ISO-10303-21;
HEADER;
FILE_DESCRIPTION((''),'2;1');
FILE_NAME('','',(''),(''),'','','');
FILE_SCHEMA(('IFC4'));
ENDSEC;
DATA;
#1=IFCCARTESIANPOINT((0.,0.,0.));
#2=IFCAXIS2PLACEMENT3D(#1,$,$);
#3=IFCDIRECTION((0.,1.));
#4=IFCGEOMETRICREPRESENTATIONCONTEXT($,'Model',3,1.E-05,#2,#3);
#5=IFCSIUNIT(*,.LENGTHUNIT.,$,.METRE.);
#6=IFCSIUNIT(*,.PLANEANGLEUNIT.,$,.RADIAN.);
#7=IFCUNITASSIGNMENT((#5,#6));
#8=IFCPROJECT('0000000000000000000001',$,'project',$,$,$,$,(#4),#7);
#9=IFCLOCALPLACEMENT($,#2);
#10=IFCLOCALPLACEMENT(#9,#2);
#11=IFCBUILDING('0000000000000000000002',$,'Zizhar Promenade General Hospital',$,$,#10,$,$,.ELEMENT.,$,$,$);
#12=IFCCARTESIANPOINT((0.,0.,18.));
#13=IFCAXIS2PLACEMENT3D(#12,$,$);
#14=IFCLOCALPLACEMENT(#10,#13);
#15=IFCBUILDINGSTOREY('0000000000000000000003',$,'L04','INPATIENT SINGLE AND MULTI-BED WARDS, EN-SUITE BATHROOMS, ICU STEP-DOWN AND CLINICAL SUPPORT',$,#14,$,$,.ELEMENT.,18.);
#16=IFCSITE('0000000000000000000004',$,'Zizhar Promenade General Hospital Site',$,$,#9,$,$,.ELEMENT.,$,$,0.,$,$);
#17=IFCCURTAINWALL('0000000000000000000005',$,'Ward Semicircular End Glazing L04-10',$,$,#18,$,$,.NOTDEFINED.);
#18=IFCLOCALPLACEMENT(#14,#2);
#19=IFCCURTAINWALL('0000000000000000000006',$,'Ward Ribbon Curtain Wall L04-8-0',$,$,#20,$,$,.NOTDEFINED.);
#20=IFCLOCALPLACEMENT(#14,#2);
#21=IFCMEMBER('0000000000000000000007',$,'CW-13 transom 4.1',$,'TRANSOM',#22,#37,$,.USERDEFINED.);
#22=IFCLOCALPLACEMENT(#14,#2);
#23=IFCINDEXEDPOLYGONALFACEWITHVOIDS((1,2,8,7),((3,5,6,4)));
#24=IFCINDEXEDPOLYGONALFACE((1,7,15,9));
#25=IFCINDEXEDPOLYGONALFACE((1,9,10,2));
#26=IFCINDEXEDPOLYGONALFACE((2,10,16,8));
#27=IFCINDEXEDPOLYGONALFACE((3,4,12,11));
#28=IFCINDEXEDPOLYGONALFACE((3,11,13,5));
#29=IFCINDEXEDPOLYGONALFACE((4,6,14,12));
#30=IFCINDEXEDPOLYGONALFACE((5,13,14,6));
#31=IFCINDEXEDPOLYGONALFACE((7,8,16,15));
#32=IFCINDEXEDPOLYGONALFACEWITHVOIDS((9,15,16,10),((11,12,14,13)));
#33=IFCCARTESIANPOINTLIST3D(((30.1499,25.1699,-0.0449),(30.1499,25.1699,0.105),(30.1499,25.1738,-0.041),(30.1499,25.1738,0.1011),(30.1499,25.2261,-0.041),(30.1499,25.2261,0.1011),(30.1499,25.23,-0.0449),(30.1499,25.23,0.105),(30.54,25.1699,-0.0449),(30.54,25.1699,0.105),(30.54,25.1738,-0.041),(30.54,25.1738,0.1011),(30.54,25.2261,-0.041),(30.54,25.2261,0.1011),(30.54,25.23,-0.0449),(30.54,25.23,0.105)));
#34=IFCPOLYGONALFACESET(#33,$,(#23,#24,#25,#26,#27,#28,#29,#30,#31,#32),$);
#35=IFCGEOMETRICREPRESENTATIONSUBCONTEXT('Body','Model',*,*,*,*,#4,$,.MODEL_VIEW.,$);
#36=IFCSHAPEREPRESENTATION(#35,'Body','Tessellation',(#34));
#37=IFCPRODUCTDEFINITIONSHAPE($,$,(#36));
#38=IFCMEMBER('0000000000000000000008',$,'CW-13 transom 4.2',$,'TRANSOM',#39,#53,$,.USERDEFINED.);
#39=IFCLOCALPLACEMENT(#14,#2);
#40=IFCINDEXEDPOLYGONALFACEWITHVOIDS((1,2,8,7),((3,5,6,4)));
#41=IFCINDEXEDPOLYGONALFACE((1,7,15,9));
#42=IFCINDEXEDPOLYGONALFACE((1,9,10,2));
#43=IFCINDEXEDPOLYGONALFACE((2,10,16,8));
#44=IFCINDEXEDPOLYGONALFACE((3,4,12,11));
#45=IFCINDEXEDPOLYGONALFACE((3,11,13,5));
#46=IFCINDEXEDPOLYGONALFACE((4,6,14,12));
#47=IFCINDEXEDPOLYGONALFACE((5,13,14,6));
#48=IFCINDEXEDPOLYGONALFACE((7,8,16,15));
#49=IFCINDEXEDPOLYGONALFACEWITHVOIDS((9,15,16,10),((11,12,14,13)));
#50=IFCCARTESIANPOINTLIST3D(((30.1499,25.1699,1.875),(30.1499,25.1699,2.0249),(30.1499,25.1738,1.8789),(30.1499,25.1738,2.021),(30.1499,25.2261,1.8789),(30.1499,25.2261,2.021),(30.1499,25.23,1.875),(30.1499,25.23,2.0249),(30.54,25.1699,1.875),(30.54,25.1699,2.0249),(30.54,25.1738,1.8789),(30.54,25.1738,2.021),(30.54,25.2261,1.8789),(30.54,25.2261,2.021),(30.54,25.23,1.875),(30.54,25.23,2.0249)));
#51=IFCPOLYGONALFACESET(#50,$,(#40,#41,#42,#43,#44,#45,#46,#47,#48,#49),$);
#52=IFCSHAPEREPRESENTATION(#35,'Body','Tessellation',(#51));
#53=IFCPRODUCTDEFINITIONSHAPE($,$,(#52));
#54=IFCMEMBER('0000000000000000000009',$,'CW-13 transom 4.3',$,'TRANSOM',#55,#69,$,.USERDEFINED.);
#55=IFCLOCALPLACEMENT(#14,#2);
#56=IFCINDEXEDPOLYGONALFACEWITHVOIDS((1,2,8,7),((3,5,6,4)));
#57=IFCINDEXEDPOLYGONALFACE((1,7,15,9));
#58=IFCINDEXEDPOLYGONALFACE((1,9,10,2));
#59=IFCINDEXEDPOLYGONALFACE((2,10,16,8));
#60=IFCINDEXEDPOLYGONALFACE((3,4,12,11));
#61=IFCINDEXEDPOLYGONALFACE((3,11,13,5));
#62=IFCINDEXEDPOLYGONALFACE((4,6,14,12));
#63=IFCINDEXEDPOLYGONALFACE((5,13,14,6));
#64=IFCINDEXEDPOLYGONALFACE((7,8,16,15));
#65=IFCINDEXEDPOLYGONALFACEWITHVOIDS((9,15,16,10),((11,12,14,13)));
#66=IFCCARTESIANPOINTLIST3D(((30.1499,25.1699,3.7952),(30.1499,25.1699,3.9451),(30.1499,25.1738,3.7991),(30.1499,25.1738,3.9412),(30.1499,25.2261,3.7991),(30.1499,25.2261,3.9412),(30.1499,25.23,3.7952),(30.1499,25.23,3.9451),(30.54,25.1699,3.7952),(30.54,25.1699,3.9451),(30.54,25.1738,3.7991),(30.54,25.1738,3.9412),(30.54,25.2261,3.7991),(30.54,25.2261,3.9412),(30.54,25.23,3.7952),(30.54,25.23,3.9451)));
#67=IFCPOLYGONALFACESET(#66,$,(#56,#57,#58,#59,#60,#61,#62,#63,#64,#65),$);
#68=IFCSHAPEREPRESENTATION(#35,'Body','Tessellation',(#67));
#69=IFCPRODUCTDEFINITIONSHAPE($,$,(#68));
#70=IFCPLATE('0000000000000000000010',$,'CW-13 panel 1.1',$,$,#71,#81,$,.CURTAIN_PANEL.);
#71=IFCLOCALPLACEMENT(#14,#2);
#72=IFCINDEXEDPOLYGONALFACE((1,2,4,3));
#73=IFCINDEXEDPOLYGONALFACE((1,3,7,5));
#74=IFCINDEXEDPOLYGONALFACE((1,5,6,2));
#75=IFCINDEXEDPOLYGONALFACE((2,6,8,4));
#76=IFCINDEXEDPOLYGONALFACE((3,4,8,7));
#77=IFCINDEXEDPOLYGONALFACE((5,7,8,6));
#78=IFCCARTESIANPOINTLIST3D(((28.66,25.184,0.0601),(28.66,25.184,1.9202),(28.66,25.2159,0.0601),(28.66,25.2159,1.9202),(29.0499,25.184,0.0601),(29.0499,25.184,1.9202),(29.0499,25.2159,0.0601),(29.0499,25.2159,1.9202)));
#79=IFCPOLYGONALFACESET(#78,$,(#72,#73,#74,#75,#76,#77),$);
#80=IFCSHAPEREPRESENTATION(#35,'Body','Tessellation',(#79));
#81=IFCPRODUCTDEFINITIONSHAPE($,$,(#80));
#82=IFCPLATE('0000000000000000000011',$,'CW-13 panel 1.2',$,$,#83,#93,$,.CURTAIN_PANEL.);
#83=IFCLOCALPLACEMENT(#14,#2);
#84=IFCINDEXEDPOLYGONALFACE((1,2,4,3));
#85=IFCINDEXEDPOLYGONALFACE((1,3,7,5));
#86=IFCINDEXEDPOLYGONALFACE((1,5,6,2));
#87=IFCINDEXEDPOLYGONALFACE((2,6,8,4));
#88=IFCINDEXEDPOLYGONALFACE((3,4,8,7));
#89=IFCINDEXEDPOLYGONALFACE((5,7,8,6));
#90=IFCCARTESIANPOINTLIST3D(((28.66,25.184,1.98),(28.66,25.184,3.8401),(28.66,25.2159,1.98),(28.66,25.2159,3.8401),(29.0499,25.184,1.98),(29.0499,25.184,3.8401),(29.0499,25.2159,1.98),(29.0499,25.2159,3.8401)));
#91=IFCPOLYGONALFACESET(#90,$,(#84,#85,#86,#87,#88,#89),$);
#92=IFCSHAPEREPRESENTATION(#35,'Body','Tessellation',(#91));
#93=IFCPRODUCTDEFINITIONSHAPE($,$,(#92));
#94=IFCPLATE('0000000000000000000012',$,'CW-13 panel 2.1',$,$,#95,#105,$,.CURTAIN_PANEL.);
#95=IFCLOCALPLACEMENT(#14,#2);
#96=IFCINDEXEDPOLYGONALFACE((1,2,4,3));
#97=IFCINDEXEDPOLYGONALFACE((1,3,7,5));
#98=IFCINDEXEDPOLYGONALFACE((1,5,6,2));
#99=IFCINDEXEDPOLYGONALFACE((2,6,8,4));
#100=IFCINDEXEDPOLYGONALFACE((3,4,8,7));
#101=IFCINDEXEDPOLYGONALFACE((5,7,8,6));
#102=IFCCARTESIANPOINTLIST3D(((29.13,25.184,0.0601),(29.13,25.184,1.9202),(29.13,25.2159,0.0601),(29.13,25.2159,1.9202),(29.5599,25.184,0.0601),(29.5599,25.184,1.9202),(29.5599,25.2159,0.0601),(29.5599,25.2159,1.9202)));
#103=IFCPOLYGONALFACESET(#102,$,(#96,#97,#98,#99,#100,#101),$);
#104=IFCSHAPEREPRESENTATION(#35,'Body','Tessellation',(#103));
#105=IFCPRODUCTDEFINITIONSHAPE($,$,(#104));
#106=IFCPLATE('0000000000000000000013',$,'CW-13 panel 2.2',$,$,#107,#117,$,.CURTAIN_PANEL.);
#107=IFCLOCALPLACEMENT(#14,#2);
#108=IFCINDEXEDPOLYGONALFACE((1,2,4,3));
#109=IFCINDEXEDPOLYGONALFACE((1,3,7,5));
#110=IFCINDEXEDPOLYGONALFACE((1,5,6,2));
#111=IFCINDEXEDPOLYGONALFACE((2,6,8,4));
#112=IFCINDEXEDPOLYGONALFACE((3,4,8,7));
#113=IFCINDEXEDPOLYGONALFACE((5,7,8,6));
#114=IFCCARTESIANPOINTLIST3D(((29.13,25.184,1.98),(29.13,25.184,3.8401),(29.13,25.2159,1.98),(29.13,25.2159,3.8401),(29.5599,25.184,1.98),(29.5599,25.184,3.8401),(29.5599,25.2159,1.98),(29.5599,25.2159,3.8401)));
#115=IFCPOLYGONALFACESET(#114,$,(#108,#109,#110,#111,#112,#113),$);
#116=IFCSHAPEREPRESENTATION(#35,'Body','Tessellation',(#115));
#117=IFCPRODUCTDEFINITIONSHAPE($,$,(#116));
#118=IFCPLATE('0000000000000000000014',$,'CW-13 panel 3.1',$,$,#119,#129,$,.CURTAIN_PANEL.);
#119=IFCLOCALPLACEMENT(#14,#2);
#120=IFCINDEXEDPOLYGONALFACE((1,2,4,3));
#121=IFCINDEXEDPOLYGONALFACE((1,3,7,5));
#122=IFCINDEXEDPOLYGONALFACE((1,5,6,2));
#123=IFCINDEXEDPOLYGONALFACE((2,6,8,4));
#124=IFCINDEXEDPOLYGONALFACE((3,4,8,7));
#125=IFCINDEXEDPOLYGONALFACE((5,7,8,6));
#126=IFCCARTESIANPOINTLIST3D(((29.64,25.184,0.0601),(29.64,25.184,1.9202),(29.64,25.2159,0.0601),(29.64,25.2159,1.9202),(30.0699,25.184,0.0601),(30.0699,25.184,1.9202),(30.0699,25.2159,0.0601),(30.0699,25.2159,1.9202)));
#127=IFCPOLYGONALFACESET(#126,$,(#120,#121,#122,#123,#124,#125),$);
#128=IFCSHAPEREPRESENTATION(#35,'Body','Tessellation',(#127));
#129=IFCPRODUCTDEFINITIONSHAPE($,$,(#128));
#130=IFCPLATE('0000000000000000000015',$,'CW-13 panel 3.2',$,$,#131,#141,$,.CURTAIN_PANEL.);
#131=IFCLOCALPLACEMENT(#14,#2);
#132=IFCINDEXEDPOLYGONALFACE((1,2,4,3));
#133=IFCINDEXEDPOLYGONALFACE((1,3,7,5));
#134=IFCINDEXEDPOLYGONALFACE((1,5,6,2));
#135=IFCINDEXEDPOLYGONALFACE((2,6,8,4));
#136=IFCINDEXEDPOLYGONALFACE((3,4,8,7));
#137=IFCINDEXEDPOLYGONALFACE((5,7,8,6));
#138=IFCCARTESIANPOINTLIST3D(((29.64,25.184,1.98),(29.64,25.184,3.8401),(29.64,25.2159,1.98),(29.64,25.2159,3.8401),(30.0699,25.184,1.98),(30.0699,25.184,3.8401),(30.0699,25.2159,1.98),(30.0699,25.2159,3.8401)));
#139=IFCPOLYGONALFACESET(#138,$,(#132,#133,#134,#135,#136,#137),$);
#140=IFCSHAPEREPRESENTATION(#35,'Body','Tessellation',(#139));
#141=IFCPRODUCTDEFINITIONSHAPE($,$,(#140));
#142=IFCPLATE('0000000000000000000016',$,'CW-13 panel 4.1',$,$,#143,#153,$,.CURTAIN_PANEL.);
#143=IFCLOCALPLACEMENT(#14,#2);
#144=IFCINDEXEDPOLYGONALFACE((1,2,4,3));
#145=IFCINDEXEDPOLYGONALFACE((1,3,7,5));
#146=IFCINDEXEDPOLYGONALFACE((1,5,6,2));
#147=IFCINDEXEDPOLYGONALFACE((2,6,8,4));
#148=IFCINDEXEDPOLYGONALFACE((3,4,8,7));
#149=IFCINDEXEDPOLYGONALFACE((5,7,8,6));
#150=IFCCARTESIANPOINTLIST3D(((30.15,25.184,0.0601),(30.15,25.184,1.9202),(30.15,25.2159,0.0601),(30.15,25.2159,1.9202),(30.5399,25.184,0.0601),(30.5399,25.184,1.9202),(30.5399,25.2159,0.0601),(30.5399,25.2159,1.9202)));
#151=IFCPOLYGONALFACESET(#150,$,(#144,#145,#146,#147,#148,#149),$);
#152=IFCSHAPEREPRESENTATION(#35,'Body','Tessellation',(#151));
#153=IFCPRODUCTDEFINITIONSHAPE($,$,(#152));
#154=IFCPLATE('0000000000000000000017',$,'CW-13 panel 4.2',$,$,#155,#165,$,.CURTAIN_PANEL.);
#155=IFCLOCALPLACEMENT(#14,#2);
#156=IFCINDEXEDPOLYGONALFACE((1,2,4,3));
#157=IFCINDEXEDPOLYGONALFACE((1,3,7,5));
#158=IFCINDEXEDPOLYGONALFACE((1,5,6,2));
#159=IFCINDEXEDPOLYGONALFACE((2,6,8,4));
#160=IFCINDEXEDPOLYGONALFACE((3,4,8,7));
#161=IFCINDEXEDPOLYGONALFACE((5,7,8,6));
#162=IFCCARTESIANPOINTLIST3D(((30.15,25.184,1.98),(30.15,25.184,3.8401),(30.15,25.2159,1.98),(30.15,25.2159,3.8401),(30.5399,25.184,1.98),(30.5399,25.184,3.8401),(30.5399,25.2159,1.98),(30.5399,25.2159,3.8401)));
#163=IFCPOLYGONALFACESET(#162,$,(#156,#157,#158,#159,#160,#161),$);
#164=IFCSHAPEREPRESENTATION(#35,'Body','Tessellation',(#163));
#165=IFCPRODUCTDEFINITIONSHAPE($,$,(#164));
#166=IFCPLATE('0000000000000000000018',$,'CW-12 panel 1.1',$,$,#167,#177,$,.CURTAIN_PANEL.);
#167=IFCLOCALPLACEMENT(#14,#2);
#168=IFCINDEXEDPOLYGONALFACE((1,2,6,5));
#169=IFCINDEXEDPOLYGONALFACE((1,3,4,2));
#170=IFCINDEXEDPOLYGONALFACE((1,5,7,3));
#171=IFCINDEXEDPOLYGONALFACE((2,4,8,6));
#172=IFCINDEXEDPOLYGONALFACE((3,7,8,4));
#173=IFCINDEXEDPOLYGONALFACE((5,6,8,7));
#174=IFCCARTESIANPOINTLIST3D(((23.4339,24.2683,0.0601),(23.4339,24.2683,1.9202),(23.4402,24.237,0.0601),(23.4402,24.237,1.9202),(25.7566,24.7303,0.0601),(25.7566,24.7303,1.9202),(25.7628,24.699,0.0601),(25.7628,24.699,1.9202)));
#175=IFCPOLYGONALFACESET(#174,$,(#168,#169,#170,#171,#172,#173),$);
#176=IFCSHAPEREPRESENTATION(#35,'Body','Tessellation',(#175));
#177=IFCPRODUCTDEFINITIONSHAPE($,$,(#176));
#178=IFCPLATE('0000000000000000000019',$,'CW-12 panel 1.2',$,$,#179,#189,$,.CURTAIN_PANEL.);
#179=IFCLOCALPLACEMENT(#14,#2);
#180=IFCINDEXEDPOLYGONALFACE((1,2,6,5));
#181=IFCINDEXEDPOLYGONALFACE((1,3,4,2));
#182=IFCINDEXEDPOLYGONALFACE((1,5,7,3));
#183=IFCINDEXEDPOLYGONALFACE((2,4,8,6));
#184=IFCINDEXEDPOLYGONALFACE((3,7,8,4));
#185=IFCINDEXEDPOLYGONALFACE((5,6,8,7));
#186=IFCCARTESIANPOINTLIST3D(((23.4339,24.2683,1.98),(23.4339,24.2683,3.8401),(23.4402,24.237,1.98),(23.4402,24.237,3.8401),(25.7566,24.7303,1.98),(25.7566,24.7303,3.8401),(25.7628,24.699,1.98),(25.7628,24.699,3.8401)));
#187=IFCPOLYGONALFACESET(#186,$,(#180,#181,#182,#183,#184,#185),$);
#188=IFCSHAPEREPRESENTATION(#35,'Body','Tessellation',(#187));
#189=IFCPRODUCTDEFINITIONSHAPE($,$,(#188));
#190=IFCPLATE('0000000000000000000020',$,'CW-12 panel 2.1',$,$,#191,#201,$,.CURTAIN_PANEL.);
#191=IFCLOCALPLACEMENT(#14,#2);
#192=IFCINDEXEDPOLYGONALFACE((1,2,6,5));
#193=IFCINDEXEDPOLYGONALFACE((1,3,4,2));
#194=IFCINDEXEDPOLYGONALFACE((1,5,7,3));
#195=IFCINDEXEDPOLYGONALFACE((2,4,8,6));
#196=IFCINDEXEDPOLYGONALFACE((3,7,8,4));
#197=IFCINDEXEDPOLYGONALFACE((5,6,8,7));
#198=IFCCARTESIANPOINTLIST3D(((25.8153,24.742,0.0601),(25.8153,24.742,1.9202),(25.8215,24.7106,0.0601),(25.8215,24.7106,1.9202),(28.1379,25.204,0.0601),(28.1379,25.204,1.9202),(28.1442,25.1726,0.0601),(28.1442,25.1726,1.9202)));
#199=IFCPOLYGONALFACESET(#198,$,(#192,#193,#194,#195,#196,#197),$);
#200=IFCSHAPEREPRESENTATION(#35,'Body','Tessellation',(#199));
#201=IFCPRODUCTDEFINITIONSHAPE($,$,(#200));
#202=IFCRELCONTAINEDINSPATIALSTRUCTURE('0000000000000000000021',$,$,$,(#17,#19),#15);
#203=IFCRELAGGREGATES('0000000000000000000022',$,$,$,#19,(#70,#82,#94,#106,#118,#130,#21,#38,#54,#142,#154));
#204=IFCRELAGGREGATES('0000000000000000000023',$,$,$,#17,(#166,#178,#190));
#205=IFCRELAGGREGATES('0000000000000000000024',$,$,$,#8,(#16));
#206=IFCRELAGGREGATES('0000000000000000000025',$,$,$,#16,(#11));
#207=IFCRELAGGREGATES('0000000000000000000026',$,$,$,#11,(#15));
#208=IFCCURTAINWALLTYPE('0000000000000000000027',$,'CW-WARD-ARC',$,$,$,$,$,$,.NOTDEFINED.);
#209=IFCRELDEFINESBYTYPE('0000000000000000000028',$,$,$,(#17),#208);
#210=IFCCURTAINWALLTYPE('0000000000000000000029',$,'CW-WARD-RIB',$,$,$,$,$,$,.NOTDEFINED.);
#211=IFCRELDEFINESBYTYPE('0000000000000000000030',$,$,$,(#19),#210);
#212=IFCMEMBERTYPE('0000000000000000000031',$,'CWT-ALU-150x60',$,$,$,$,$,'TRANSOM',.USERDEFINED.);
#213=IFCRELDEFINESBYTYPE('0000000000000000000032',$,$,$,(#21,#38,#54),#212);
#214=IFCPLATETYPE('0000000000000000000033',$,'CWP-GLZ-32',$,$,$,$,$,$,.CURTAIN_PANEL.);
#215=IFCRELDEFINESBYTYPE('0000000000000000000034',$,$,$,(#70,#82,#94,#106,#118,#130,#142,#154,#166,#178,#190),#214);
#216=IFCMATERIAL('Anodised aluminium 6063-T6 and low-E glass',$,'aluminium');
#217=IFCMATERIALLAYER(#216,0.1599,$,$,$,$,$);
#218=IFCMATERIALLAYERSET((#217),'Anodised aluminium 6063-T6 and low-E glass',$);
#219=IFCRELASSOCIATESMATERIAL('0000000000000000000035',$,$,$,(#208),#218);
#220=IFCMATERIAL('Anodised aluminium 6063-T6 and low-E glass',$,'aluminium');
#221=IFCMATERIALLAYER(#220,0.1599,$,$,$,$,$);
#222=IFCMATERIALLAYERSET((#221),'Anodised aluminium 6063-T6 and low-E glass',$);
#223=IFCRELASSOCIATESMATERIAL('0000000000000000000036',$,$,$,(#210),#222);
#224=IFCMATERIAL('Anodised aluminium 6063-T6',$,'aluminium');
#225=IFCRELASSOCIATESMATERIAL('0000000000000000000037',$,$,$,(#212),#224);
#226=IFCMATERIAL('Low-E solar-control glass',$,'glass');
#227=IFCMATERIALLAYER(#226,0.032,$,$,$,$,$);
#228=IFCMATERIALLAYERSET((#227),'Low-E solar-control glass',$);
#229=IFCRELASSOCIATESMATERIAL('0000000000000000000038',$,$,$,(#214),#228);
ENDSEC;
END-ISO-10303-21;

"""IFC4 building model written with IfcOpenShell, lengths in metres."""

from ifc_helpers import new_model, si_unit, direction, frame, origin, origin_2d, place, context, subcontext, project, spatial, rectangle, hollow_rectangle, extrude, material, layer, layer_set, material_profile, profile_set, type_object, element, aggregate, save


model = new_model("IFC4")

# Units and contexts
model_context = context("Model", 3, precision=1e-05, world=origin(), true_north=direction((0.0, 1.0)))
body_context = subcontext(model_context, "Body", "Model", "MODEL_VIEW")
ifc_project = project(units=[si_unit("LENGTHUNIT", "METRE"), si_unit("PLANEANGLEUNIT", "RADIAN")], contexts=[model_context])

# Site, building, storey
site_placement = place(None, origin())
site = spatial("IfcSite", under=ifc_project, at=site_placement, Name="Zizhar Promenade General Hospital Site", CompositionType="ELEMENT", RefElevation=0.0)
building_placement = place(site_placement, origin())
building = spatial("IfcBuilding", under=site, at=building_placement, Name="Zizhar Promenade General Hospital", CompositionType="ELEMENT")
storey_placement = place(building_placement, frame((0.0, 0.0, 18.0)))
storey = spatial("IfcBuildingStorey", under=building, at=storey_placement, Name="L04", Description="INPATIENT SINGLE AND MULTI-BED WARDS, EN-SUITE BATHROOMS, ICU STEP-DOWN AND CLINICAL SUPPORT", CompositionType="ELEMENT", Elevation=18.0)

# Curtain walls
ifc_material_1 = material(Name="Anodised aluminium 6063-T6 and low-E glass", Category="aluminium")
ifc_layer_1 = layer(ifc_material_1, 0.1599)
ifc_layer_set_1 = layer_set([ifc_layer_1], Name="Anodised aluminium 6063-T6 and low-E glass")
curtain_wall_type_1 = type_object("IfcCurtainWallType", Name="CW-WARD-ARC", PredefinedType="NOTDEFINED", material=ifc_layer_set_1)
curtain_wall_1_placement = place(storey_placement, origin())
curtain_wall_1 = element("IfcCurtainWall", 1, at=curtain_wall_1_placement, inside=storey, type_object=curtain_wall_type_1, Name="Ward Semicircular End Glazing L04-10", PredefinedType="NOTDEFINED")
ifc_material_2 = material(Name="Anodised aluminium 6063-T6 and low-E glass", Category="aluminium")
ifc_layer_2 = layer(ifc_material_2, 0.1599)
ifc_layer_set_2 = layer_set([ifc_layer_2], Name="Anodised aluminium 6063-T6 and low-E glass")
curtain_wall_type_2 = type_object("IfcCurtainWallType", Name="CW-WARD-RIB", PredefinedType="NOTDEFINED", material=ifc_layer_set_2)
curtain_wall_2_placement = place(storey_placement, origin())
curtain_wall_2 = element("IfcCurtainWall", 2, at=curtain_wall_2_placement, inside=storey, type_object=curtain_wall_type_2, Name="Ward Ribbon Curtain Wall L04-8-0", PredefinedType="NOTDEFINED")

# Members
ifc_material_3 = material(Name="Anodised aluminium 6063-T6", Category="aluminium")
ifc_material_profile_1 = material_profile(ifc_material_3, hollow_rectangle(XDim=0.0601, YDim=0.1499, WallThickness=0.0039, at=origin_2d()))
ifc_profile_set_1 = profile_set([ifc_material_profile_1], Name="Anodised aluminium 6063-T6")
member_type_1 = type_object("IfcMemberType", Name="CWT-ALU-150x60", ElementType="TRANSOM", PredefinedType="USERDEFINED", material=ifc_profile_set_1)
member_1_placement = place(storey_placement, frame((30.1499, 25.2, 0.03), z_axis=(1.0, 0.0, 0.0), x_axis=(0.0, 1.0, 0.0)))
member_1 = element("IfcMember", 3, at=member_1_placement, type_object=member_type_1, Name="CW-13 transom 4.1", ObjectType="TRANSOM", PredefinedType="USERDEFINED", context=body_context, shape_type="SweptSolid", body=[
    extrude(hollow_rectangle(XDim=0.0601, YDim=0.1499, WallThickness=0.0039, at=origin_2d()), origin(), (0.0, 0.0, 1.0), 0.3901),
])
member_2_placement = place(storey_placement, frame((30.1499, 25.2, 1.95), z_axis=(1.0, 0.0, 0.0), x_axis=(0.0, 1.0, 0.0)))
member_2 = element("IfcMember", 4, at=member_2_placement, type_object=member_type_1, Name="CW-13 transom 4.2", ObjectType="TRANSOM", PredefinedType="USERDEFINED", context=body_context, shape_type="SweptSolid", body=[
    extrude(hollow_rectangle(XDim=0.0601, YDim=0.1499, WallThickness=0.0039, at=origin_2d()), origin(), (0.0, 0.0, 1.0), 0.3901),
])
member_3_placement = place(storey_placement, frame((30.1499, 25.2, 3.8701), z_axis=(1.0, 0.0, 0.0), x_axis=(0.0, 1.0, 0.0)))
member_3 = element("IfcMember", 5, at=member_3_placement, type_object=member_type_1, Name="CW-13 transom 4.3", ObjectType="TRANSOM", PredefinedType="USERDEFINED", context=body_context, shape_type="SweptSolid", body=[
    extrude(hollow_rectangle(XDim=0.0601, YDim=0.1499, WallThickness=0.0039, at=origin_2d()), origin(), (0.0, 0.0, 1.0), 0.3901),
])

# Plates
ifc_material_4 = material(Name="Low-E solar-control glass", Category="glass")
ifc_layer_3 = layer(ifc_material_4, 0.032)
ifc_layer_set_3 = layer_set([ifc_layer_3], Name="Low-E solar-control glass")
plate_type = type_object("IfcPlateType", Name="CWP-GLZ-32", PredefinedType="CURTAIN_PANEL", material=ifc_layer_set_3)
plate_1_placement = place(storey_placement, frame((28.855, 25.2, 0.0601), z_axis=(0.0, 0.0, 1.0), x_axis=(1.0, 0.0, 0.0)))
plate_1 = element("IfcPlate", 6, at=plate_1_placement, type_object=plate_type, Name="CW-13 panel 1.1", PredefinedType="CURTAIN_PANEL", context=body_context, shape_type="SweptSolid", body=[
    extrude(rectangle(XDim=0.3899, YDim=0.032, at=origin_2d()), origin(), (0.0, 0.0, 1.0), 1.8601),
])
plate_2_placement = place(storey_placement, frame((28.855, 25.2, 1.98), z_axis=(0.0, 0.0, 1.0), x_axis=(1.0, 0.0, 0.0)))
plate_2 = element("IfcPlate", 7, at=plate_2_placement, type_object=plate_type, Name="CW-13 panel 1.2", PredefinedType="CURTAIN_PANEL", context=body_context, shape_type="SweptSolid", body=[
    extrude(rectangle(XDim=0.3899, YDim=0.032, at=origin_2d()), origin(), (0.0, 0.0, 1.0), 1.8601),
])
plate_3_placement = place(storey_placement, frame((29.345, 25.2, 0.0601), z_axis=(0.0, 0.0, 1.0), x_axis=(1.0, 0.0, 0.0)))
plate_3 = element("IfcPlate", 8, at=plate_3_placement, type_object=plate_type, Name="CW-13 panel 2.1", PredefinedType="CURTAIN_PANEL", context=body_context, shape_type="SweptSolid", body=[
    extrude(rectangle(XDim=0.4299, YDim=0.032, at=origin_2d()), origin(), (0.0, 0.0, 1.0), 1.8601),
])
plate_4_placement = place(storey_placement, frame((29.345, 25.2, 1.98), z_axis=(0.0, 0.0, 1.0), x_axis=(1.0, 0.0, 0.0)))
plate_4 = element("IfcPlate", 9, at=plate_4_placement, type_object=plate_type, Name="CW-13 panel 2.2", PredefinedType="CURTAIN_PANEL", context=body_context, shape_type="SweptSolid", body=[
    extrude(rectangle(XDim=0.4299, YDim=0.032, at=origin_2d()), origin(), (0.0, 0.0, 1.0), 1.8601),
])
plate_5_placement = place(storey_placement, frame((29.855, 25.2, 0.0601), z_axis=(0.0, 0.0, 1.0), x_axis=(1.0, 0.0, 0.0)))
plate_5 = element("IfcPlate", 10, at=plate_5_placement, type_object=plate_type, Name="CW-13 panel 3.1", PredefinedType="CURTAIN_PANEL", context=body_context, shape_type="SweptSolid", body=[
    extrude(rectangle(XDim=0.4299, YDim=0.032, at=origin_2d()), origin(), (0.0, 0.0, 1.0), 1.8601),
])
plate_6_placement = place(storey_placement, frame((29.855, 25.2, 1.98), z_axis=(0.0, 0.0, 1.0), x_axis=(1.0, 0.0, 0.0)))
plate_6 = element("IfcPlate", 11, at=plate_6_placement, type_object=plate_type, Name="CW-13 panel 3.2", PredefinedType="CURTAIN_PANEL", context=body_context, shape_type="SweptSolid", body=[
    extrude(rectangle(XDim=0.4299, YDim=0.032, at=origin_2d()), origin(), (0.0, 0.0, 1.0), 1.8601),
])
plate_7_placement = place(storey_placement, frame((30.345, 25.2, 0.0601), z_axis=(0.0, 0.0, 1.0), x_axis=(1.0, 0.0, 0.0)))
plate_7 = element("IfcPlate", 12, at=plate_7_placement, type_object=plate_type, Name="CW-13 panel 4.1", PredefinedType="CURTAIN_PANEL", context=body_context, shape_type="SweptSolid", body=[
    extrude(rectangle(XDim=0.3899, YDim=0.032, at=origin_2d()), origin(), (0.0, 0.0, 1.0), 1.8601),
])
plate_8_placement = place(storey_placement, frame((30.345, 25.2, 1.98), z_axis=(0.0, 0.0, 1.0), x_axis=(1.0, 0.0, 0.0)))
plate_8 = element("IfcPlate", 13, at=plate_8_placement, type_object=plate_type, Name="CW-13 panel 4.2", PredefinedType="CURTAIN_PANEL", context=body_context, shape_type="SweptSolid", body=[
    extrude(rectangle(XDim=0.3899, YDim=0.032, at=origin_2d()), origin(), (0.0, 0.0, 1.0), 1.8601),
])
aggregate(curtain_wall_2, [plate_1, plate_2, plate_3, plate_4, plate_5, plate_6, member_1, member_2, member_3, plate_7, plate_8])
plate_9_placement = place(storey_placement, frame((24.5984, 24.4836, 0.0601), z_axis=(0.0, 0.0, 1.0), x_axis=(0.980786, 0.195087, 0.0)))
plate_9 = element("IfcPlate", 14, at=plate_9_placement, type_object=plate_type, Name="CW-12 panel 1.1", PredefinedType="CURTAIN_PANEL", context=body_context, shape_type="SweptSolid", body=[
    extrude(rectangle(XDim=2.3682, YDim=0.032, at=origin_2d()), origin(), (0.0, 0.0, 1.0), 1.8601),
])
plate_10_placement = place(storey_placement, frame((24.5984, 24.4836, 1.98), z_axis=(0.0, 0.0, 1.0), x_axis=(0.980786, 0.195087, 0.0)))
plate_10 = element("IfcPlate", 15, at=plate_10_placement, type_object=plate_type, Name="CW-12 panel 1.2", PredefinedType="CURTAIN_PANEL", context=body_context, shape_type="SweptSolid", body=[
    extrude(rectangle(XDim=2.3682, YDim=0.032, at=origin_2d()), origin(), (0.0, 0.0, 1.0), 1.8601),
])
plate_11_placement = place(storey_placement, frame((26.9797, 24.9573, 0.0601), z_axis=(0.0, 0.0, 1.0), x_axis=(0.980786, 0.195087, 0.0)))
plate_11 = element("IfcPlate", 16, at=plate_11_placement, type_object=plate_type, Name="CW-12 panel 2.1", PredefinedType="CURTAIN_PANEL", context=body_context, shape_type="SweptSolid", body=[
    extrude(rectangle(XDim=2.3682, YDim=0.032, at=origin_2d()), origin(), (0.0, 0.0, 1.0), 1.8601),
])
aggregate(curtain_wall_1, [plate_9, plate_10, plate_11])

save(model, "model.ifc")
